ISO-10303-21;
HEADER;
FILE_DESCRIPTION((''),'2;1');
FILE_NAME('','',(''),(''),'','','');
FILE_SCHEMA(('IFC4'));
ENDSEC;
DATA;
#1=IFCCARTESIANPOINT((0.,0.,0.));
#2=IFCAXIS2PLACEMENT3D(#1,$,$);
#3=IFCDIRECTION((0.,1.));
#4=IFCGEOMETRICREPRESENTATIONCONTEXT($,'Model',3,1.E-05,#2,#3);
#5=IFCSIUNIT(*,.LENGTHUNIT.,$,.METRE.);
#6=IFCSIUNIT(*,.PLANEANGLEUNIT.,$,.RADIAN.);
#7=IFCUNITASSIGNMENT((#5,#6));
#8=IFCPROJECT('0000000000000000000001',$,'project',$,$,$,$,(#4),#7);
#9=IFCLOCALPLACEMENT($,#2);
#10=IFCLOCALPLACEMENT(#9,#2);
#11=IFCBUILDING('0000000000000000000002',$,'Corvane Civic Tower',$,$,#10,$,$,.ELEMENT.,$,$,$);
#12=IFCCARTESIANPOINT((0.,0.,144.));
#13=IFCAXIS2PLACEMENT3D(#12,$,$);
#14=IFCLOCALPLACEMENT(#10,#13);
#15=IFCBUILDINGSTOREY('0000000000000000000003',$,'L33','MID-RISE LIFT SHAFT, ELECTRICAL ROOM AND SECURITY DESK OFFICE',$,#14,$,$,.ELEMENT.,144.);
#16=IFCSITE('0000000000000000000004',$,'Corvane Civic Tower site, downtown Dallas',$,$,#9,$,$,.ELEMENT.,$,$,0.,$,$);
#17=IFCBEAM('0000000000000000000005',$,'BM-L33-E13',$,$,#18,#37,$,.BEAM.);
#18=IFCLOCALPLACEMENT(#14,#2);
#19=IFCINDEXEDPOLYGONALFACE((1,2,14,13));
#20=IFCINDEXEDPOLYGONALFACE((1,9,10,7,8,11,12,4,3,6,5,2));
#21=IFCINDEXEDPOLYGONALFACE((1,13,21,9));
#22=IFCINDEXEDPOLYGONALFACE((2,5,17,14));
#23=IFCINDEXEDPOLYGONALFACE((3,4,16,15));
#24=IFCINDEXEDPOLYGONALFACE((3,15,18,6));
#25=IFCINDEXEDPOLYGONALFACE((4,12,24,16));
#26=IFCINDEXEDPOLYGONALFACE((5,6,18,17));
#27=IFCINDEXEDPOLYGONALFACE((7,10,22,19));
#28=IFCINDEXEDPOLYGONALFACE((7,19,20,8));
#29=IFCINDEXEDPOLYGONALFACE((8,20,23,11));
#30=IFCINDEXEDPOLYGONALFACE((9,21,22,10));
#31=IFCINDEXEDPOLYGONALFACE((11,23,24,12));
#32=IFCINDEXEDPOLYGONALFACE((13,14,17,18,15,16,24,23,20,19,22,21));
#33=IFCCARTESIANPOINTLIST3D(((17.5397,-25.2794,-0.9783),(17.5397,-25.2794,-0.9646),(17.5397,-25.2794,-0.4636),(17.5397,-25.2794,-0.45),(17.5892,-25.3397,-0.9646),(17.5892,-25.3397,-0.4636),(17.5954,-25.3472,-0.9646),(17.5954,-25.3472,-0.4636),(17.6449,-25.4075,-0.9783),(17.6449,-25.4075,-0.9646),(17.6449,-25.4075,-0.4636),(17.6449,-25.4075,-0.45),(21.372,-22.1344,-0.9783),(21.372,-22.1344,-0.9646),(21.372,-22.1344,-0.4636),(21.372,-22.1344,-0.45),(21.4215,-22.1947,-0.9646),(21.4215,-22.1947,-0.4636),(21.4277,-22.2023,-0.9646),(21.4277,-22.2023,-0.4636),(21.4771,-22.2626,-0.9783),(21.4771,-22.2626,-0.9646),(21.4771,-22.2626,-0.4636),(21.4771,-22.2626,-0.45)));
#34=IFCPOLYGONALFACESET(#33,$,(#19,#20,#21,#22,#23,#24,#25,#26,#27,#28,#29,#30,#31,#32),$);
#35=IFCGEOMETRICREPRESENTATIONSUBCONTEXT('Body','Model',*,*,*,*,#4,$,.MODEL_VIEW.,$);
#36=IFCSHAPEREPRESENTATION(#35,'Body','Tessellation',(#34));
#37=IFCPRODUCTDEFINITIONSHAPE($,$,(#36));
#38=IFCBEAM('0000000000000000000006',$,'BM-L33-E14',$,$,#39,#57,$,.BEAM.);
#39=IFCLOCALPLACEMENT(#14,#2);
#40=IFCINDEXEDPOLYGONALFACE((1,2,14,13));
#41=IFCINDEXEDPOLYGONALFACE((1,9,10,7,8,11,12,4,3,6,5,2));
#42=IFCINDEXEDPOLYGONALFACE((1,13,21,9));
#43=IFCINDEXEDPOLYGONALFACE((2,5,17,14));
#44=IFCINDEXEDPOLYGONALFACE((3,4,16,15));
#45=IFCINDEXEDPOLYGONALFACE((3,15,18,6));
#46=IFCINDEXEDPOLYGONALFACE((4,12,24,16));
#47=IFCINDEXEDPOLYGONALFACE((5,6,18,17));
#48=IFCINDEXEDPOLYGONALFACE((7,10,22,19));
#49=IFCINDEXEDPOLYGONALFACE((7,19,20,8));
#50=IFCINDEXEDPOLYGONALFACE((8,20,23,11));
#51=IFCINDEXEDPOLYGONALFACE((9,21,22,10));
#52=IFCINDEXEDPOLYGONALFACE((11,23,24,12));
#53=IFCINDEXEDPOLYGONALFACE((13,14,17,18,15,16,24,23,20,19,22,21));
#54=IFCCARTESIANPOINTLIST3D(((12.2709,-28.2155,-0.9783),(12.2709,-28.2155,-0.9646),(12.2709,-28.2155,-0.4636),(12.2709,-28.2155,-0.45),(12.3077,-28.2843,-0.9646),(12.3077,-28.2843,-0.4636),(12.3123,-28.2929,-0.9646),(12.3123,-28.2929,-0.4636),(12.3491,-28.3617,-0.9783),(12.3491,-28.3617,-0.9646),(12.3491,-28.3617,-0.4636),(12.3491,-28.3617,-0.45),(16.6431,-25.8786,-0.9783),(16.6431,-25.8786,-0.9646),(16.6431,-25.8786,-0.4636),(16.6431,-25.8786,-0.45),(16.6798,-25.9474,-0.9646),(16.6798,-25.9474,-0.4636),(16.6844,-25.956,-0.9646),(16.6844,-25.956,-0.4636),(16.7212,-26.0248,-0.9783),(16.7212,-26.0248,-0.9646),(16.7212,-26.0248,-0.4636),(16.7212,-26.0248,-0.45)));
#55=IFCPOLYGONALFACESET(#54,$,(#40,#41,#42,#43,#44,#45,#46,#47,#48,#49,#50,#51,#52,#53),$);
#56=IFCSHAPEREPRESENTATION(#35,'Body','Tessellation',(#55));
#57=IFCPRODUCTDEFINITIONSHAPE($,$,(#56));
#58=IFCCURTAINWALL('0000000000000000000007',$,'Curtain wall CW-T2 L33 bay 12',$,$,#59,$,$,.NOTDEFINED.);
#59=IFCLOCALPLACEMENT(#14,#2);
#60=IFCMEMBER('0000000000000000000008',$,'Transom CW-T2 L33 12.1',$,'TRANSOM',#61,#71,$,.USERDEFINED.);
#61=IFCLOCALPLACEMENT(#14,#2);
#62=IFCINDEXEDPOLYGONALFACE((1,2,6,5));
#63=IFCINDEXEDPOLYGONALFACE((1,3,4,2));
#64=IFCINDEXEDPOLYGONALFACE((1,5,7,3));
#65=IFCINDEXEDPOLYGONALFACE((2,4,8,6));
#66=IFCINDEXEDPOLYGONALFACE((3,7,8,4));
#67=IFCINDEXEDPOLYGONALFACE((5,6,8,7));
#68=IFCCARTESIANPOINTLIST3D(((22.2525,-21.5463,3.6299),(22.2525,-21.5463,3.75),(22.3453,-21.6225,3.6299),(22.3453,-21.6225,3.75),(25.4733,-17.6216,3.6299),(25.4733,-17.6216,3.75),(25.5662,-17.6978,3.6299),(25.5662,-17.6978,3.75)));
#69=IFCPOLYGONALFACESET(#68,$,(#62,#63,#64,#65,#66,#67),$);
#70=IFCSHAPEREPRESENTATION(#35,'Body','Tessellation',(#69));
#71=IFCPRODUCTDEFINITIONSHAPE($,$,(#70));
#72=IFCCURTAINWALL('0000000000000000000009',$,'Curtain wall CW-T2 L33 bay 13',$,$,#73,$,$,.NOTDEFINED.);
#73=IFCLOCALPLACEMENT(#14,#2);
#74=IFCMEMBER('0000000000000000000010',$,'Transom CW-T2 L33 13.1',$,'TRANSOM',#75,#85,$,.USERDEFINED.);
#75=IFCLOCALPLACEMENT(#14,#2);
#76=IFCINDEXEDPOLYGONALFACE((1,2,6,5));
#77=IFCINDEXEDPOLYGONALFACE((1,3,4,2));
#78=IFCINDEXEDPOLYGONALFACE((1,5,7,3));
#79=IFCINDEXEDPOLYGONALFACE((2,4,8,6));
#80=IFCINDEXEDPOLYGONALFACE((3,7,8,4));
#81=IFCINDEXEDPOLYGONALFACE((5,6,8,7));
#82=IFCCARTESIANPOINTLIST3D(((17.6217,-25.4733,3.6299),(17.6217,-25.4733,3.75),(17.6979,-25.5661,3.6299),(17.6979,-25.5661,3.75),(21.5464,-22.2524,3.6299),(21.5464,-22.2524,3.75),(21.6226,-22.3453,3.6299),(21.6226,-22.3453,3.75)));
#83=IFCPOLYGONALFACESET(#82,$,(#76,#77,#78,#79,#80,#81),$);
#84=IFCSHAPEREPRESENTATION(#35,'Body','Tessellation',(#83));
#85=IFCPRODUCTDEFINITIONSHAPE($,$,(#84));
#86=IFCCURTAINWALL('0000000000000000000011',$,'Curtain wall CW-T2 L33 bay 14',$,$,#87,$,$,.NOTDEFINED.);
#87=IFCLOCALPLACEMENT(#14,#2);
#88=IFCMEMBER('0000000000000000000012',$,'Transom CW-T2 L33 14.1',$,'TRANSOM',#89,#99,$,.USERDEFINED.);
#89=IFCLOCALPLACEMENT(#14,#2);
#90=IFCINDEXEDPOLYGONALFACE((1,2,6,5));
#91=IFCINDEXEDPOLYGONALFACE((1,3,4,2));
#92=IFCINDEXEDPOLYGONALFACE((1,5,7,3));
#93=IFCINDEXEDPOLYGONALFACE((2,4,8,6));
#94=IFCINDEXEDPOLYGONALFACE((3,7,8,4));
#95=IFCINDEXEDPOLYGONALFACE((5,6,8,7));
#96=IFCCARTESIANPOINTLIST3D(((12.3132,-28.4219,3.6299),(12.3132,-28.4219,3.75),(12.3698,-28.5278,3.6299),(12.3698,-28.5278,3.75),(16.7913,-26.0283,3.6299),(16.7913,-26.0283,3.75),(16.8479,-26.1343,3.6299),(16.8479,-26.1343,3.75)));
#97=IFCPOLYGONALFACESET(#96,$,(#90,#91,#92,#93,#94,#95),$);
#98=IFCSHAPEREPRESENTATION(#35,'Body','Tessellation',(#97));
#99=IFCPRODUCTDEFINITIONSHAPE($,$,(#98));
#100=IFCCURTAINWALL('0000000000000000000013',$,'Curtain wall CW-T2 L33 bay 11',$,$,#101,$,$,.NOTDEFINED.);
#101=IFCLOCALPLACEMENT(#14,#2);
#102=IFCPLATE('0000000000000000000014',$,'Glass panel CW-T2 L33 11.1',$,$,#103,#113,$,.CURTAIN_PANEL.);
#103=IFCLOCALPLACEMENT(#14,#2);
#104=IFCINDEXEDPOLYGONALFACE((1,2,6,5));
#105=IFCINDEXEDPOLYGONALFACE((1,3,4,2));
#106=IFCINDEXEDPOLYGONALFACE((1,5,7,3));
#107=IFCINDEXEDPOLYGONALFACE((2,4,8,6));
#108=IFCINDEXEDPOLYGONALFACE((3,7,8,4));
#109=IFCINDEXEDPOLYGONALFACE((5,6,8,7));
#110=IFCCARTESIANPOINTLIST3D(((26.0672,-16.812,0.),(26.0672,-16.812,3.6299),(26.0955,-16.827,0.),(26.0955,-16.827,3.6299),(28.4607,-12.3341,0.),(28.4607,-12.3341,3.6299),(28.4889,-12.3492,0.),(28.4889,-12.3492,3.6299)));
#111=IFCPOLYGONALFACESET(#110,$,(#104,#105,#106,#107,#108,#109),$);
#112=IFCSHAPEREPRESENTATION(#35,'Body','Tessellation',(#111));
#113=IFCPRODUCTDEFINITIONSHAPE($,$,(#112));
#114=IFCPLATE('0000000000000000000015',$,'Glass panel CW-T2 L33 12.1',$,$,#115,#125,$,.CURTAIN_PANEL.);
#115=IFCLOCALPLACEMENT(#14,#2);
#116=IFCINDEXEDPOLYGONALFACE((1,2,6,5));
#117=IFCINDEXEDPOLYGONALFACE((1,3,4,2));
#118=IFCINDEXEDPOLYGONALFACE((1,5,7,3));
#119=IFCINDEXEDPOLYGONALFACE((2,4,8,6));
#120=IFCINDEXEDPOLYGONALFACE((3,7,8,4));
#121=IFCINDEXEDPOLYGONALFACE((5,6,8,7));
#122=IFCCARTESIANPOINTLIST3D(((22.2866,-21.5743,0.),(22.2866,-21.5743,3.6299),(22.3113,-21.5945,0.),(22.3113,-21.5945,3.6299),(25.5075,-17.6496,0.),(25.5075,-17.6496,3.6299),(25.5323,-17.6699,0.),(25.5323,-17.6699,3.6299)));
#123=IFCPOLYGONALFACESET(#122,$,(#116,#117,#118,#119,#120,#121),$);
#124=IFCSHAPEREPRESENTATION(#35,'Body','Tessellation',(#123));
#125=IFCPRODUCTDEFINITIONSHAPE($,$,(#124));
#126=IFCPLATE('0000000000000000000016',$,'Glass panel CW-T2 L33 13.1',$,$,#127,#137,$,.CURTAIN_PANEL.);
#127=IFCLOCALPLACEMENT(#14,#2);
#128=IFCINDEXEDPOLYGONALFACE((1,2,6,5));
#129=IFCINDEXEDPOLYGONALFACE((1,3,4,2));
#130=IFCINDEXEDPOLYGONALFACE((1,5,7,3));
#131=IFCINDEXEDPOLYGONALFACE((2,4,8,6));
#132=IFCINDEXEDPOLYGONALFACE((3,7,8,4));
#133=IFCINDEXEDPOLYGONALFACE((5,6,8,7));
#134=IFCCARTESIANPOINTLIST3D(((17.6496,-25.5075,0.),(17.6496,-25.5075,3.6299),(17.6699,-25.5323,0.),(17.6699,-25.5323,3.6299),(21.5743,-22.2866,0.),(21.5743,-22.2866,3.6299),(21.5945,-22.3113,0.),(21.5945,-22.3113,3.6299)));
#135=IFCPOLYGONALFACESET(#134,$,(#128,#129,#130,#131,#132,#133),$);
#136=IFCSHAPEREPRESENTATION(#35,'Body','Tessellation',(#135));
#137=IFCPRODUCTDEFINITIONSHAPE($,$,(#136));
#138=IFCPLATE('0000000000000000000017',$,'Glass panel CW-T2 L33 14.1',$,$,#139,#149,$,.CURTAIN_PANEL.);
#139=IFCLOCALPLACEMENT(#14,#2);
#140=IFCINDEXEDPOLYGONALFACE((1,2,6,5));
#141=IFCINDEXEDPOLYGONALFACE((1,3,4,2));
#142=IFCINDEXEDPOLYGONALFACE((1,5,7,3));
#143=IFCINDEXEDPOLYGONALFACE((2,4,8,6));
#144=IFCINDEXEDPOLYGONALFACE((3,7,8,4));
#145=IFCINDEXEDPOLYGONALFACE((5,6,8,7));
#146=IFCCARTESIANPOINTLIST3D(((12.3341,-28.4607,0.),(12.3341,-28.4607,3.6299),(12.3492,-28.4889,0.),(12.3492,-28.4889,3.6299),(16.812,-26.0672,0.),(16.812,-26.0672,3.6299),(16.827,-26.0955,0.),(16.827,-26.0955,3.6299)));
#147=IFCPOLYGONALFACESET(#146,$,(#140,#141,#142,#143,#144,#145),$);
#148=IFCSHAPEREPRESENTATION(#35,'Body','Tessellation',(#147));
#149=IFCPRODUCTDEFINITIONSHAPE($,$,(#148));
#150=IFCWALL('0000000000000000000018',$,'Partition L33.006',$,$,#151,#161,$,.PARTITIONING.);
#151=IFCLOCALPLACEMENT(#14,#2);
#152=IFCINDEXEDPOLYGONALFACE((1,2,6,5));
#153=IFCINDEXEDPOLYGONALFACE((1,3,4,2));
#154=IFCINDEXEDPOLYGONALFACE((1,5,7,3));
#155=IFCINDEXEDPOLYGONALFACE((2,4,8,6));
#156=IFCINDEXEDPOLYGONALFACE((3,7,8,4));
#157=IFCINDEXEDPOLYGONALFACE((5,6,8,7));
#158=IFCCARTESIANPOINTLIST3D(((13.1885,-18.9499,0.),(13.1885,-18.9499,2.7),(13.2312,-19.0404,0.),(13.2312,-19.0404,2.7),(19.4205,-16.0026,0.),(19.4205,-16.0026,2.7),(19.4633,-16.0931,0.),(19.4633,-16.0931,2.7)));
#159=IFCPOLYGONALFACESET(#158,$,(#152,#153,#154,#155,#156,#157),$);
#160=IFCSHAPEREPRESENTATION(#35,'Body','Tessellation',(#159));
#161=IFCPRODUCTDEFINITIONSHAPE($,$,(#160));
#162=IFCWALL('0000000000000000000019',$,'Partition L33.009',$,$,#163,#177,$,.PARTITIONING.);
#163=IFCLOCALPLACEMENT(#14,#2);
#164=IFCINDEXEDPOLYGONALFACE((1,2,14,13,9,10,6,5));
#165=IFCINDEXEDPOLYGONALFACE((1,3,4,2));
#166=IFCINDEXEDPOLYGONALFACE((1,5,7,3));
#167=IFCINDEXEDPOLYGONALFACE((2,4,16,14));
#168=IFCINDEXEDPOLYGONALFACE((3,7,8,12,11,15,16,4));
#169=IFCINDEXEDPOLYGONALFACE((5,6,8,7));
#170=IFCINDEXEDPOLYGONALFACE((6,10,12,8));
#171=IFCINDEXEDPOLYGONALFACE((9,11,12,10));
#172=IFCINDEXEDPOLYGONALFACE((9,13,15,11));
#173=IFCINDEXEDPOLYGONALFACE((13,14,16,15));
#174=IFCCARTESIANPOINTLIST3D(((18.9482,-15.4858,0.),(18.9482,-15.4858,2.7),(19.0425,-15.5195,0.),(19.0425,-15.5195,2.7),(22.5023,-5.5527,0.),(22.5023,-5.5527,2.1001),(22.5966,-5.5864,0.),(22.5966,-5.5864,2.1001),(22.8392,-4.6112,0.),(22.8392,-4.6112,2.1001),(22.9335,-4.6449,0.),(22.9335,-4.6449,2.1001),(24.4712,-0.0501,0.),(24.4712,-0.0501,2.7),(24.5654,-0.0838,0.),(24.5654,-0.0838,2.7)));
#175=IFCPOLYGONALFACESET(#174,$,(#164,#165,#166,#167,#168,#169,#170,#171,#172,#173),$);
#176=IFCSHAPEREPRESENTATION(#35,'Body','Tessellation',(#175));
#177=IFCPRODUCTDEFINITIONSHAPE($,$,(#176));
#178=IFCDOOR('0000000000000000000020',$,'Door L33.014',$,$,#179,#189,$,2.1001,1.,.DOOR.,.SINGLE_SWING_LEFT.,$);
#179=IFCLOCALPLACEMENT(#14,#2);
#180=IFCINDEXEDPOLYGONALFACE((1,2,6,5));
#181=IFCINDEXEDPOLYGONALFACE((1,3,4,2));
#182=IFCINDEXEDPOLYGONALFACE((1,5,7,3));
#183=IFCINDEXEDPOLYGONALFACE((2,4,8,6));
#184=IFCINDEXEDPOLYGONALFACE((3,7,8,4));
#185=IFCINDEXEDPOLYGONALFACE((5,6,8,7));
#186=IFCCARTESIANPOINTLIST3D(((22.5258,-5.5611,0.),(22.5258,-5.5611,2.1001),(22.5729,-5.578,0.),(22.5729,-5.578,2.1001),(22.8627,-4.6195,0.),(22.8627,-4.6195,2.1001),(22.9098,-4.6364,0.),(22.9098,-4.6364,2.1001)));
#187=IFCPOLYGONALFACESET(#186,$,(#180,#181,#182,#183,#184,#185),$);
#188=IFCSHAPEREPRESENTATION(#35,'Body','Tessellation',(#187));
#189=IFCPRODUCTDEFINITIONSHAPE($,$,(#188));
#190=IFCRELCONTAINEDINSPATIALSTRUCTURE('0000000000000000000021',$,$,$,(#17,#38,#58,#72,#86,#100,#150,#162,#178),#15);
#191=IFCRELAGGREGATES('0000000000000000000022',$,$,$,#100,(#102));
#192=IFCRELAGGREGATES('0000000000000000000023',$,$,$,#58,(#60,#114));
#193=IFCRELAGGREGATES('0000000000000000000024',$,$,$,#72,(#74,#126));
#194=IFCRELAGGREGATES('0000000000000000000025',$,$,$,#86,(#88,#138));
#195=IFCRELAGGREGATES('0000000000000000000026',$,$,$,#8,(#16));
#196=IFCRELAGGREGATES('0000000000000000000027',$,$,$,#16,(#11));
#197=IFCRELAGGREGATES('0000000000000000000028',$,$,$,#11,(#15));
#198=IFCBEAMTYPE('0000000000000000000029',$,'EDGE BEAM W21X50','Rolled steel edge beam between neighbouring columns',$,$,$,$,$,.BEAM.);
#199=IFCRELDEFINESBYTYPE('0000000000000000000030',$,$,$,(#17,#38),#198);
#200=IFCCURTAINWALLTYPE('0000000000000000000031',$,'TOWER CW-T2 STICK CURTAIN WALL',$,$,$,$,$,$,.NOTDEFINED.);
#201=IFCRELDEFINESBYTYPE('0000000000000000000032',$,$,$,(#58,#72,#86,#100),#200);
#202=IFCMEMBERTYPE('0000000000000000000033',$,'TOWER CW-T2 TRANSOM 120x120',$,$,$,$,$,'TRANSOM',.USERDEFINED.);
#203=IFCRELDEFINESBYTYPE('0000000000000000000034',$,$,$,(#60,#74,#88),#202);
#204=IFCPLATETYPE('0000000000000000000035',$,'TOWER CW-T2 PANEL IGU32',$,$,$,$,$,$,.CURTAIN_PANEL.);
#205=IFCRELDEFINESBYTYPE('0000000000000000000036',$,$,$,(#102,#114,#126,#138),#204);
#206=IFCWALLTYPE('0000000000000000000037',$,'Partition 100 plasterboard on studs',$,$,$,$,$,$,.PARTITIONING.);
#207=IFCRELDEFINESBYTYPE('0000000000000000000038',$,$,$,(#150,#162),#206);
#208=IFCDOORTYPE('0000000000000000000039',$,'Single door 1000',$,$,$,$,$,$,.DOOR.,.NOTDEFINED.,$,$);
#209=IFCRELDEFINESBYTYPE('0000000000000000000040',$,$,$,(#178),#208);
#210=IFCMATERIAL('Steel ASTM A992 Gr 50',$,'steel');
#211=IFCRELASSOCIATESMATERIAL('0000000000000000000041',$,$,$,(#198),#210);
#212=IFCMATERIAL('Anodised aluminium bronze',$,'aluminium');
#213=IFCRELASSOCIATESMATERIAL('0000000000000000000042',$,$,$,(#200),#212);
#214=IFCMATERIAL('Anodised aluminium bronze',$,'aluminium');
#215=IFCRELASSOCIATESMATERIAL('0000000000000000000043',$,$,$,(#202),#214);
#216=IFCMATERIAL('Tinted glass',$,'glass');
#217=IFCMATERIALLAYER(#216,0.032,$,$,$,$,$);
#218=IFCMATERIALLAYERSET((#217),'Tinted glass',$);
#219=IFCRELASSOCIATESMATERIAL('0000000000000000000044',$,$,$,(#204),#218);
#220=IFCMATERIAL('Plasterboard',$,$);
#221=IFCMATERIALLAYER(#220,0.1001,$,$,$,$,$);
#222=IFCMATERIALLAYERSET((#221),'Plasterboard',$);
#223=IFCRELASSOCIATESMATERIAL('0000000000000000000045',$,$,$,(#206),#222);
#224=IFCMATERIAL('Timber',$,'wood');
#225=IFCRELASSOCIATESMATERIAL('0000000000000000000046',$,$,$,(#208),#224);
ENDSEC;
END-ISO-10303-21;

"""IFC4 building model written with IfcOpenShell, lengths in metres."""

from ifc_helpers import new_model, si_unit, direction, frame, frame_2d, origin, origin_2d, place, context, subcontext, project, spatial, rectangle, i_section, extrude, material, layer, layer_set, material_profile, profile_set, type_object, element, fill, aggregate, save


model = new_model("IFC4")

# Units and contexts
model_context = context("Model", 3, precision=1e-05, world=origin(), true_north=direction((0.0, 1.0)))
body_context = subcontext(model_context, "Body", "Model", "MODEL_VIEW")
ifc_project = project(units=[si_unit("LENGTHUNIT", "METRE"), si_unit("PLANEANGLEUNIT", "RADIAN")], contexts=[model_context])

# Site, building, storey
site_placement = place(None, origin())
site = spatial("IfcSite", under=ifc_project, at=site_placement, Name="Corvane Civic Tower site, downtown Dallas", CompositionType="ELEMENT", RefElevation=0.0)
building_placement = place(site_placement, origin())
building = spatial("IfcBuilding", under=site, at=building_placement, Name="Corvane Civic Tower", CompositionType="ELEMENT")
storey_placement = place(building_placement, frame((0.0, 0.0, 144.0)))
storey = spatial("IfcBuildingStorey", under=building, at=storey_placement, Name="L33", Description="MID-RISE LIFT SHAFT, ELECTRICAL ROOM AND SECURITY DESK OFFICE", CompositionType="ELEMENT", Elevation=144.0)

# Beams
ifc_material_1 = material(Name="Steel ASTM A992 Gr 50", Category="steel")
ifc_material_profile_1 = material_profile(ifc_material_1, i_section(OverallWidth=0.1658, OverallDepth=0.5283, WebThickness=0.0098, FlangeThickness=0.0137, at=origin_2d()), Name="W21X50")
ifc_profile_set_1 = profile_set([ifc_material_profile_1], Name="Steel ASTM A992 Gr 50")
beam_type = type_object("IfcBeamType", Name="EDGE BEAM W21X50", Description="Rolled steel edge beam between neighbouring columns", PredefinedType="BEAM", material=ifc_profile_set_1)
for number, where, z_axis, x_axis, name in (
    (1, (21.4246, -22.1985, -0.7141), (-0.773015, -0.634388, 0.0), (0.634388, -0.773015, 0.0), "BM-L33-E13"),
    (2, (16.6821, -25.9517, -0.7141), (-0.881922, -0.471396, 0.0), (0.471396, -0.881922, 0.0), "BM-L33-E14"),
):
    element("IfcBeam", number, at=place(storey_placement, frame(where, z_axis=z_axis, x_axis=x_axis)), inside=storey, type_object=beam_type, Name=name, PredefinedType="BEAM", context=body_context, shape_type="SweptSolid", body=[
        extrude(i_section(OverallWidth=0.1658, OverallDepth=0.5283, WebThickness=0.0098, FlangeThickness=0.0137, at=origin_2d()), origin(), (0.0, 0.0, 1.0), 4.9575),
    ])

# Curtain walls, members
ifc_material_2 = material(Name="Anodised aluminium bronze", Category="aluminium")
curtain_wall_type = type_object("IfcCurtainWallType", Name="TOWER CW-T2 STICK CURTAIN WALL", PredefinedType="NOTDEFINED", material=ifc_material_2)
curtain_wall_1_placement = place(storey_placement, origin())
curtain_wall_1 = element("IfcCurtainWall", 3, at=curtain_wall_1_placement, inside=storey, type_object=curtain_wall_type, Name="Curtain wall CW-T2 L33 bay 12", PredefinedType="NOTDEFINED")
ifc_material_3 = material(Name="Anodised aluminium bronze", Category="aluminium")
ifc_material_profile_2 = material_profile(ifc_material_3, rectangle(XDim=0.1201, YDim=0.1201, at=origin_2d()), Name="TOWER CW-T2 TRANSOM 120x120")
ifc_profile_set_2 = profile_set([ifc_material_profile_2], Name="Anodised aluminium bronze")
member_type = type_object("IfcMemberType", Name="TOWER CW-T2 TRANSOM 120x120", ElementType="TRANSOM", PredefinedType="USERDEFINED", material=ifc_profile_set_2)
member_1_placement = place(storey_placement, frame((25.5198, -17.6597, 3.6899), z_axis=(-0.634387, -0.773016, 0.0), x_axis=(0.773016, -0.634387, 0.0)))
member_1 = element("IfcMember", 4, at=member_1_placement, type_object=member_type, Name="Transom CW-T2 L33 12.1", ObjectType="TRANSOM", PredefinedType="USERDEFINED", context=body_context, shape_type="SweptSolid", body=[
    extrude(rectangle(XDim=0.1201, YDim=0.1201, at=origin_2d()), origin(), (0.0, 0.0, 1.0), 5.0771),
])
curtain_wall_2_placement = place(storey_placement, origin())
curtain_wall_2 = element("IfcCurtainWall", 5, at=curtain_wall_2_placement, inside=storey, type_object=curtain_wall_type, Name="Curtain wall CW-T2 L33 bay 13", PredefinedType="NOTDEFINED")
member_2_placement = place(storey_placement, frame((21.5845, -22.2988, 3.6899), z_axis=(-0.773016, -0.634387, 0.0), x_axis=(0.634387, -0.773016, 0.0)))
member_2 = element("IfcMember", 6, at=member_2_placement, type_object=member_type, Name="Transom CW-T2 L33 13.1", ObjectType="TRANSOM", PredefinedType="USERDEFINED", context=body_context, shape_type="SweptSolid", body=[
    extrude(rectangle(XDim=0.1201, YDim=0.1201, at=origin_2d()), origin(), (0.0, 0.0, 1.0), 5.0771),
])
curtain_wall_3_placement = place(storey_placement, origin())
curtain_wall_3 = element("IfcCurtainWall", 7, at=curtain_wall_3_placement, inside=storey, type_object=curtain_wall_type, Name="Curtain wall CW-T2 L33 bay 14", PredefinedType="NOTDEFINED")
member_3_placement = place(storey_placement, frame((16.8196, -26.0813, 3.6899), z_axis=(-0.881921, -0.471397, 0.0), x_axis=(0.471397, -0.881921, 0.0)))
member_3 = element("IfcMember", 8, at=member_3_placement, type_object=member_type, Name="Transom CW-T2 L33 14.1", ObjectType="TRANSOM", PredefinedType="USERDEFINED", context=body_context, shape_type="SweptSolid", body=[
    extrude(rectangle(XDim=0.1201, YDim=0.1201, at=origin_2d()), origin(), (0.0, 0.0, 1.0), 5.0776),
])

# Curtain wall, plate
curtain_wall_4_placement = place(storey_placement, origin())
curtain_wall_4 = element("IfcCurtainWall", 9, at=curtain_wall_4_placement, inside=storey, type_object=curtain_wall_type, Name="Curtain wall CW-T2 L33 bay 11", PredefinedType="NOTDEFINED")
ifc_material_4 = material(Name="Tinted glass", Category="glass")
ifc_layer_1 = layer(ifc_material_4, 0.032)
ifc_layer_set_1 = layer_set([ifc_layer_1], Name="Tinted glass")
plate_type = type_object("IfcPlateType", Name="TOWER CW-T2 PANEL IGU32", PredefinedType="CURTAIN_PANEL", material=ifc_layer_set_1)
plate_1_placement = place(storey_placement, frame((27.2781, -14.5806, 0.0), z_axis=(0.0, 0.0, 1.0), x_axis=(-0.471395, -0.881922, 0.0)))
plate_1 = element("IfcPlate", 10, at=plate_1_placement, type_object=plate_type, Name="Glass panel CW-T2 L33 11.1", PredefinedType="CURTAIN_PANEL", context=body_context, shape_type="SweptSolid", body=[
    extrude(rectangle(XDim=5.0774, YDim=0.032, at=origin_2d()), origin(), (0.0, 0.0, 1.0), 3.6299),
])
aggregate(curtain_wall_4, [plate_1])

# Plates
plate_2_placement = place(storey_placement, frame((23.9094, -19.6221, 0.0), z_axis=(0.0, 0.0, 1.0), x_axis=(-0.6344, -0.773005, 0.0)))
plate_2 = element("IfcPlate", 11, at=plate_2_placement, type_object=plate_type, Name="Glass panel CW-T2 L33 12.1", PredefinedType="CURTAIN_PANEL", context=body_context, shape_type="SweptSolid", body=[
    extrude(rectangle(XDim=5.0771, YDim=0.032, at=origin_2d()), origin(), (0.0, 0.0, 1.0), 3.6299),
])
aggregate(curtain_wall_1, [member_1, plate_2])
plate_3_placement = place(storey_placement, frame((19.6221, -23.9094, 0.0), z_axis=(0.0, 0.0, 1.0), x_axis=(-0.773005, -0.6344, 0.0)))
plate_3 = element("IfcPlate", 12, at=plate_3_placement, type_object=plate_type, Name="Glass panel CW-T2 L33 13.1", PredefinedType="CURTAIN_PANEL", context=body_context, shape_type="SweptSolid", body=[
    extrude(rectangle(XDim=5.0771, YDim=0.032, at=origin_2d()), origin(), (0.0, 0.0, 1.0), 3.6299),
])
aggregate(curtain_wall_2, [member_2, plate_3])
plate_4_placement = place(storey_placement, frame((14.5806, -27.2781, 0.0), z_axis=(0.0, 0.0, 1.0), x_axis=(-0.881922, -0.471395, 0.0)))
plate_4 = element("IfcPlate", 13, at=plate_4_placement, type_object=plate_type, Name="Glass panel CW-T2 L33 14.1", PredefinedType="CURTAIN_PANEL", context=body_context, shape_type="SweptSolid", body=[
    extrude(rectangle(XDim=5.0774, YDim=0.032, at=origin_2d()), origin(), (0.0, 0.0, 1.0), 3.6299),
])
aggregate(curtain_wall_3, [member_3, plate_4])

# Wall
ifc_material_5 = material(Name="Plasterboard")
ifc_layer_2 = layer(ifc_material_5, 0.1001)
ifc_layer_set_2 = layer_set([ifc_layer_2], Name="Plasterboard")
wall_type_1 = type_object("IfcWallType", Name="Partition 100 plasterboard on studs", PredefinedType="PARTITIONING", material=ifc_layer_set_2)
wall_1_placement = place(storey_placement, frame((13.21, -18.9951, 0.0), z_axis=(0.0, 0.0, 1.0), x_axis=(0.904002, 0.427529, 0.0)))
element("IfcWall", 14, at=wall_1_placement, inside=storey, type_object=wall_type_1, Name="Partition L33.006", PredefinedType="PARTITIONING", context=body_context, shape_type="SweptSolid", body=[
    extrude(rectangle(XDim=6.8938, YDim=0.1001, at=frame_2d((3.4468, 0.0))), origin(), (0.0, 0.0, 1.0), 2.7),
])

# Wall, opening, door
wall_2_placement = place(storey_placement, frame((18.9954, -15.5027, 0.0), z_axis=(0.0, 0.0, 1.0), x_axis=(0.336886, 0.941545, 0.0)))
wall_2 = element("IfcWall", 15, at=wall_2_placement, inside=storey, type_object=wall_type_1, Name="Partition L33.009", PredefinedType="PARTITIONING", context=body_context, shape_type="SweptSolid", body=[
    extrude(rectangle(XDim=16.394, YDim=0.1001, at=frame_2d((8.197, 0.0))), origin(), (0.0, 0.0, 1.0), 2.7),
])
opening_1_placement = place(wall_2_placement, frame((10.5498, 0.0, 0.0)))
opening_1 = element("IfcOpeningElement", 16, at=opening_1_placement, cuts=wall_2, PredefinedType="OPENING", context=body_context, shape_type="SweptSolid", body=[
    extrude(rectangle(XDim=1.0, YDim=2.1001, at=frame_2d((0.5, 1.05))), frame((0.0, 0.0601, 0.0), z_axis=(0.0, -1.0, 0.0), x_axis=(1.0, 0.0, 0.0)), (0.0, 0.0, 1.0), 0.1201),
])
ifc_material_6 = material(Name="Timber", Category="wood")
door_type_1 = type_object("IfcDoorType", Name="Single door 1000", OperationType="NOTDEFINED", PredefinedType="DOOR", material=ifc_material_6)
door_1_placement = place(opening_1_placement, frame((1.0, 0.0, 0.0), z_axis=(0.0, 0.0, 1.0), x_axis=(-1.0, 0.0, 0.0)))
door_1 = element("IfcDoor", 17, at=door_1_placement, inside=storey, type_object=door_type_1, Name="Door L33.014", OperationType="SINGLE_SWING_LEFT", OverallHeight=2.1001, OverallWidth=1.0, PredefinedType="DOOR", context=body_context, shape_type="SweptSolid", body=[
    extrude(rectangle(XDim=1.0, YDim=2.1001, at=frame_2d((0.5, 1.05))), frame((0.0, 0.0249, 0.0), z_axis=(0.0, -1.0, 0.0), x_axis=(1.0, 0.0, 0.0)), (0.0, 0.0, 1.0), 0.05),
])
fill(opening_1, door_1)

save(model, "model.ifc")
